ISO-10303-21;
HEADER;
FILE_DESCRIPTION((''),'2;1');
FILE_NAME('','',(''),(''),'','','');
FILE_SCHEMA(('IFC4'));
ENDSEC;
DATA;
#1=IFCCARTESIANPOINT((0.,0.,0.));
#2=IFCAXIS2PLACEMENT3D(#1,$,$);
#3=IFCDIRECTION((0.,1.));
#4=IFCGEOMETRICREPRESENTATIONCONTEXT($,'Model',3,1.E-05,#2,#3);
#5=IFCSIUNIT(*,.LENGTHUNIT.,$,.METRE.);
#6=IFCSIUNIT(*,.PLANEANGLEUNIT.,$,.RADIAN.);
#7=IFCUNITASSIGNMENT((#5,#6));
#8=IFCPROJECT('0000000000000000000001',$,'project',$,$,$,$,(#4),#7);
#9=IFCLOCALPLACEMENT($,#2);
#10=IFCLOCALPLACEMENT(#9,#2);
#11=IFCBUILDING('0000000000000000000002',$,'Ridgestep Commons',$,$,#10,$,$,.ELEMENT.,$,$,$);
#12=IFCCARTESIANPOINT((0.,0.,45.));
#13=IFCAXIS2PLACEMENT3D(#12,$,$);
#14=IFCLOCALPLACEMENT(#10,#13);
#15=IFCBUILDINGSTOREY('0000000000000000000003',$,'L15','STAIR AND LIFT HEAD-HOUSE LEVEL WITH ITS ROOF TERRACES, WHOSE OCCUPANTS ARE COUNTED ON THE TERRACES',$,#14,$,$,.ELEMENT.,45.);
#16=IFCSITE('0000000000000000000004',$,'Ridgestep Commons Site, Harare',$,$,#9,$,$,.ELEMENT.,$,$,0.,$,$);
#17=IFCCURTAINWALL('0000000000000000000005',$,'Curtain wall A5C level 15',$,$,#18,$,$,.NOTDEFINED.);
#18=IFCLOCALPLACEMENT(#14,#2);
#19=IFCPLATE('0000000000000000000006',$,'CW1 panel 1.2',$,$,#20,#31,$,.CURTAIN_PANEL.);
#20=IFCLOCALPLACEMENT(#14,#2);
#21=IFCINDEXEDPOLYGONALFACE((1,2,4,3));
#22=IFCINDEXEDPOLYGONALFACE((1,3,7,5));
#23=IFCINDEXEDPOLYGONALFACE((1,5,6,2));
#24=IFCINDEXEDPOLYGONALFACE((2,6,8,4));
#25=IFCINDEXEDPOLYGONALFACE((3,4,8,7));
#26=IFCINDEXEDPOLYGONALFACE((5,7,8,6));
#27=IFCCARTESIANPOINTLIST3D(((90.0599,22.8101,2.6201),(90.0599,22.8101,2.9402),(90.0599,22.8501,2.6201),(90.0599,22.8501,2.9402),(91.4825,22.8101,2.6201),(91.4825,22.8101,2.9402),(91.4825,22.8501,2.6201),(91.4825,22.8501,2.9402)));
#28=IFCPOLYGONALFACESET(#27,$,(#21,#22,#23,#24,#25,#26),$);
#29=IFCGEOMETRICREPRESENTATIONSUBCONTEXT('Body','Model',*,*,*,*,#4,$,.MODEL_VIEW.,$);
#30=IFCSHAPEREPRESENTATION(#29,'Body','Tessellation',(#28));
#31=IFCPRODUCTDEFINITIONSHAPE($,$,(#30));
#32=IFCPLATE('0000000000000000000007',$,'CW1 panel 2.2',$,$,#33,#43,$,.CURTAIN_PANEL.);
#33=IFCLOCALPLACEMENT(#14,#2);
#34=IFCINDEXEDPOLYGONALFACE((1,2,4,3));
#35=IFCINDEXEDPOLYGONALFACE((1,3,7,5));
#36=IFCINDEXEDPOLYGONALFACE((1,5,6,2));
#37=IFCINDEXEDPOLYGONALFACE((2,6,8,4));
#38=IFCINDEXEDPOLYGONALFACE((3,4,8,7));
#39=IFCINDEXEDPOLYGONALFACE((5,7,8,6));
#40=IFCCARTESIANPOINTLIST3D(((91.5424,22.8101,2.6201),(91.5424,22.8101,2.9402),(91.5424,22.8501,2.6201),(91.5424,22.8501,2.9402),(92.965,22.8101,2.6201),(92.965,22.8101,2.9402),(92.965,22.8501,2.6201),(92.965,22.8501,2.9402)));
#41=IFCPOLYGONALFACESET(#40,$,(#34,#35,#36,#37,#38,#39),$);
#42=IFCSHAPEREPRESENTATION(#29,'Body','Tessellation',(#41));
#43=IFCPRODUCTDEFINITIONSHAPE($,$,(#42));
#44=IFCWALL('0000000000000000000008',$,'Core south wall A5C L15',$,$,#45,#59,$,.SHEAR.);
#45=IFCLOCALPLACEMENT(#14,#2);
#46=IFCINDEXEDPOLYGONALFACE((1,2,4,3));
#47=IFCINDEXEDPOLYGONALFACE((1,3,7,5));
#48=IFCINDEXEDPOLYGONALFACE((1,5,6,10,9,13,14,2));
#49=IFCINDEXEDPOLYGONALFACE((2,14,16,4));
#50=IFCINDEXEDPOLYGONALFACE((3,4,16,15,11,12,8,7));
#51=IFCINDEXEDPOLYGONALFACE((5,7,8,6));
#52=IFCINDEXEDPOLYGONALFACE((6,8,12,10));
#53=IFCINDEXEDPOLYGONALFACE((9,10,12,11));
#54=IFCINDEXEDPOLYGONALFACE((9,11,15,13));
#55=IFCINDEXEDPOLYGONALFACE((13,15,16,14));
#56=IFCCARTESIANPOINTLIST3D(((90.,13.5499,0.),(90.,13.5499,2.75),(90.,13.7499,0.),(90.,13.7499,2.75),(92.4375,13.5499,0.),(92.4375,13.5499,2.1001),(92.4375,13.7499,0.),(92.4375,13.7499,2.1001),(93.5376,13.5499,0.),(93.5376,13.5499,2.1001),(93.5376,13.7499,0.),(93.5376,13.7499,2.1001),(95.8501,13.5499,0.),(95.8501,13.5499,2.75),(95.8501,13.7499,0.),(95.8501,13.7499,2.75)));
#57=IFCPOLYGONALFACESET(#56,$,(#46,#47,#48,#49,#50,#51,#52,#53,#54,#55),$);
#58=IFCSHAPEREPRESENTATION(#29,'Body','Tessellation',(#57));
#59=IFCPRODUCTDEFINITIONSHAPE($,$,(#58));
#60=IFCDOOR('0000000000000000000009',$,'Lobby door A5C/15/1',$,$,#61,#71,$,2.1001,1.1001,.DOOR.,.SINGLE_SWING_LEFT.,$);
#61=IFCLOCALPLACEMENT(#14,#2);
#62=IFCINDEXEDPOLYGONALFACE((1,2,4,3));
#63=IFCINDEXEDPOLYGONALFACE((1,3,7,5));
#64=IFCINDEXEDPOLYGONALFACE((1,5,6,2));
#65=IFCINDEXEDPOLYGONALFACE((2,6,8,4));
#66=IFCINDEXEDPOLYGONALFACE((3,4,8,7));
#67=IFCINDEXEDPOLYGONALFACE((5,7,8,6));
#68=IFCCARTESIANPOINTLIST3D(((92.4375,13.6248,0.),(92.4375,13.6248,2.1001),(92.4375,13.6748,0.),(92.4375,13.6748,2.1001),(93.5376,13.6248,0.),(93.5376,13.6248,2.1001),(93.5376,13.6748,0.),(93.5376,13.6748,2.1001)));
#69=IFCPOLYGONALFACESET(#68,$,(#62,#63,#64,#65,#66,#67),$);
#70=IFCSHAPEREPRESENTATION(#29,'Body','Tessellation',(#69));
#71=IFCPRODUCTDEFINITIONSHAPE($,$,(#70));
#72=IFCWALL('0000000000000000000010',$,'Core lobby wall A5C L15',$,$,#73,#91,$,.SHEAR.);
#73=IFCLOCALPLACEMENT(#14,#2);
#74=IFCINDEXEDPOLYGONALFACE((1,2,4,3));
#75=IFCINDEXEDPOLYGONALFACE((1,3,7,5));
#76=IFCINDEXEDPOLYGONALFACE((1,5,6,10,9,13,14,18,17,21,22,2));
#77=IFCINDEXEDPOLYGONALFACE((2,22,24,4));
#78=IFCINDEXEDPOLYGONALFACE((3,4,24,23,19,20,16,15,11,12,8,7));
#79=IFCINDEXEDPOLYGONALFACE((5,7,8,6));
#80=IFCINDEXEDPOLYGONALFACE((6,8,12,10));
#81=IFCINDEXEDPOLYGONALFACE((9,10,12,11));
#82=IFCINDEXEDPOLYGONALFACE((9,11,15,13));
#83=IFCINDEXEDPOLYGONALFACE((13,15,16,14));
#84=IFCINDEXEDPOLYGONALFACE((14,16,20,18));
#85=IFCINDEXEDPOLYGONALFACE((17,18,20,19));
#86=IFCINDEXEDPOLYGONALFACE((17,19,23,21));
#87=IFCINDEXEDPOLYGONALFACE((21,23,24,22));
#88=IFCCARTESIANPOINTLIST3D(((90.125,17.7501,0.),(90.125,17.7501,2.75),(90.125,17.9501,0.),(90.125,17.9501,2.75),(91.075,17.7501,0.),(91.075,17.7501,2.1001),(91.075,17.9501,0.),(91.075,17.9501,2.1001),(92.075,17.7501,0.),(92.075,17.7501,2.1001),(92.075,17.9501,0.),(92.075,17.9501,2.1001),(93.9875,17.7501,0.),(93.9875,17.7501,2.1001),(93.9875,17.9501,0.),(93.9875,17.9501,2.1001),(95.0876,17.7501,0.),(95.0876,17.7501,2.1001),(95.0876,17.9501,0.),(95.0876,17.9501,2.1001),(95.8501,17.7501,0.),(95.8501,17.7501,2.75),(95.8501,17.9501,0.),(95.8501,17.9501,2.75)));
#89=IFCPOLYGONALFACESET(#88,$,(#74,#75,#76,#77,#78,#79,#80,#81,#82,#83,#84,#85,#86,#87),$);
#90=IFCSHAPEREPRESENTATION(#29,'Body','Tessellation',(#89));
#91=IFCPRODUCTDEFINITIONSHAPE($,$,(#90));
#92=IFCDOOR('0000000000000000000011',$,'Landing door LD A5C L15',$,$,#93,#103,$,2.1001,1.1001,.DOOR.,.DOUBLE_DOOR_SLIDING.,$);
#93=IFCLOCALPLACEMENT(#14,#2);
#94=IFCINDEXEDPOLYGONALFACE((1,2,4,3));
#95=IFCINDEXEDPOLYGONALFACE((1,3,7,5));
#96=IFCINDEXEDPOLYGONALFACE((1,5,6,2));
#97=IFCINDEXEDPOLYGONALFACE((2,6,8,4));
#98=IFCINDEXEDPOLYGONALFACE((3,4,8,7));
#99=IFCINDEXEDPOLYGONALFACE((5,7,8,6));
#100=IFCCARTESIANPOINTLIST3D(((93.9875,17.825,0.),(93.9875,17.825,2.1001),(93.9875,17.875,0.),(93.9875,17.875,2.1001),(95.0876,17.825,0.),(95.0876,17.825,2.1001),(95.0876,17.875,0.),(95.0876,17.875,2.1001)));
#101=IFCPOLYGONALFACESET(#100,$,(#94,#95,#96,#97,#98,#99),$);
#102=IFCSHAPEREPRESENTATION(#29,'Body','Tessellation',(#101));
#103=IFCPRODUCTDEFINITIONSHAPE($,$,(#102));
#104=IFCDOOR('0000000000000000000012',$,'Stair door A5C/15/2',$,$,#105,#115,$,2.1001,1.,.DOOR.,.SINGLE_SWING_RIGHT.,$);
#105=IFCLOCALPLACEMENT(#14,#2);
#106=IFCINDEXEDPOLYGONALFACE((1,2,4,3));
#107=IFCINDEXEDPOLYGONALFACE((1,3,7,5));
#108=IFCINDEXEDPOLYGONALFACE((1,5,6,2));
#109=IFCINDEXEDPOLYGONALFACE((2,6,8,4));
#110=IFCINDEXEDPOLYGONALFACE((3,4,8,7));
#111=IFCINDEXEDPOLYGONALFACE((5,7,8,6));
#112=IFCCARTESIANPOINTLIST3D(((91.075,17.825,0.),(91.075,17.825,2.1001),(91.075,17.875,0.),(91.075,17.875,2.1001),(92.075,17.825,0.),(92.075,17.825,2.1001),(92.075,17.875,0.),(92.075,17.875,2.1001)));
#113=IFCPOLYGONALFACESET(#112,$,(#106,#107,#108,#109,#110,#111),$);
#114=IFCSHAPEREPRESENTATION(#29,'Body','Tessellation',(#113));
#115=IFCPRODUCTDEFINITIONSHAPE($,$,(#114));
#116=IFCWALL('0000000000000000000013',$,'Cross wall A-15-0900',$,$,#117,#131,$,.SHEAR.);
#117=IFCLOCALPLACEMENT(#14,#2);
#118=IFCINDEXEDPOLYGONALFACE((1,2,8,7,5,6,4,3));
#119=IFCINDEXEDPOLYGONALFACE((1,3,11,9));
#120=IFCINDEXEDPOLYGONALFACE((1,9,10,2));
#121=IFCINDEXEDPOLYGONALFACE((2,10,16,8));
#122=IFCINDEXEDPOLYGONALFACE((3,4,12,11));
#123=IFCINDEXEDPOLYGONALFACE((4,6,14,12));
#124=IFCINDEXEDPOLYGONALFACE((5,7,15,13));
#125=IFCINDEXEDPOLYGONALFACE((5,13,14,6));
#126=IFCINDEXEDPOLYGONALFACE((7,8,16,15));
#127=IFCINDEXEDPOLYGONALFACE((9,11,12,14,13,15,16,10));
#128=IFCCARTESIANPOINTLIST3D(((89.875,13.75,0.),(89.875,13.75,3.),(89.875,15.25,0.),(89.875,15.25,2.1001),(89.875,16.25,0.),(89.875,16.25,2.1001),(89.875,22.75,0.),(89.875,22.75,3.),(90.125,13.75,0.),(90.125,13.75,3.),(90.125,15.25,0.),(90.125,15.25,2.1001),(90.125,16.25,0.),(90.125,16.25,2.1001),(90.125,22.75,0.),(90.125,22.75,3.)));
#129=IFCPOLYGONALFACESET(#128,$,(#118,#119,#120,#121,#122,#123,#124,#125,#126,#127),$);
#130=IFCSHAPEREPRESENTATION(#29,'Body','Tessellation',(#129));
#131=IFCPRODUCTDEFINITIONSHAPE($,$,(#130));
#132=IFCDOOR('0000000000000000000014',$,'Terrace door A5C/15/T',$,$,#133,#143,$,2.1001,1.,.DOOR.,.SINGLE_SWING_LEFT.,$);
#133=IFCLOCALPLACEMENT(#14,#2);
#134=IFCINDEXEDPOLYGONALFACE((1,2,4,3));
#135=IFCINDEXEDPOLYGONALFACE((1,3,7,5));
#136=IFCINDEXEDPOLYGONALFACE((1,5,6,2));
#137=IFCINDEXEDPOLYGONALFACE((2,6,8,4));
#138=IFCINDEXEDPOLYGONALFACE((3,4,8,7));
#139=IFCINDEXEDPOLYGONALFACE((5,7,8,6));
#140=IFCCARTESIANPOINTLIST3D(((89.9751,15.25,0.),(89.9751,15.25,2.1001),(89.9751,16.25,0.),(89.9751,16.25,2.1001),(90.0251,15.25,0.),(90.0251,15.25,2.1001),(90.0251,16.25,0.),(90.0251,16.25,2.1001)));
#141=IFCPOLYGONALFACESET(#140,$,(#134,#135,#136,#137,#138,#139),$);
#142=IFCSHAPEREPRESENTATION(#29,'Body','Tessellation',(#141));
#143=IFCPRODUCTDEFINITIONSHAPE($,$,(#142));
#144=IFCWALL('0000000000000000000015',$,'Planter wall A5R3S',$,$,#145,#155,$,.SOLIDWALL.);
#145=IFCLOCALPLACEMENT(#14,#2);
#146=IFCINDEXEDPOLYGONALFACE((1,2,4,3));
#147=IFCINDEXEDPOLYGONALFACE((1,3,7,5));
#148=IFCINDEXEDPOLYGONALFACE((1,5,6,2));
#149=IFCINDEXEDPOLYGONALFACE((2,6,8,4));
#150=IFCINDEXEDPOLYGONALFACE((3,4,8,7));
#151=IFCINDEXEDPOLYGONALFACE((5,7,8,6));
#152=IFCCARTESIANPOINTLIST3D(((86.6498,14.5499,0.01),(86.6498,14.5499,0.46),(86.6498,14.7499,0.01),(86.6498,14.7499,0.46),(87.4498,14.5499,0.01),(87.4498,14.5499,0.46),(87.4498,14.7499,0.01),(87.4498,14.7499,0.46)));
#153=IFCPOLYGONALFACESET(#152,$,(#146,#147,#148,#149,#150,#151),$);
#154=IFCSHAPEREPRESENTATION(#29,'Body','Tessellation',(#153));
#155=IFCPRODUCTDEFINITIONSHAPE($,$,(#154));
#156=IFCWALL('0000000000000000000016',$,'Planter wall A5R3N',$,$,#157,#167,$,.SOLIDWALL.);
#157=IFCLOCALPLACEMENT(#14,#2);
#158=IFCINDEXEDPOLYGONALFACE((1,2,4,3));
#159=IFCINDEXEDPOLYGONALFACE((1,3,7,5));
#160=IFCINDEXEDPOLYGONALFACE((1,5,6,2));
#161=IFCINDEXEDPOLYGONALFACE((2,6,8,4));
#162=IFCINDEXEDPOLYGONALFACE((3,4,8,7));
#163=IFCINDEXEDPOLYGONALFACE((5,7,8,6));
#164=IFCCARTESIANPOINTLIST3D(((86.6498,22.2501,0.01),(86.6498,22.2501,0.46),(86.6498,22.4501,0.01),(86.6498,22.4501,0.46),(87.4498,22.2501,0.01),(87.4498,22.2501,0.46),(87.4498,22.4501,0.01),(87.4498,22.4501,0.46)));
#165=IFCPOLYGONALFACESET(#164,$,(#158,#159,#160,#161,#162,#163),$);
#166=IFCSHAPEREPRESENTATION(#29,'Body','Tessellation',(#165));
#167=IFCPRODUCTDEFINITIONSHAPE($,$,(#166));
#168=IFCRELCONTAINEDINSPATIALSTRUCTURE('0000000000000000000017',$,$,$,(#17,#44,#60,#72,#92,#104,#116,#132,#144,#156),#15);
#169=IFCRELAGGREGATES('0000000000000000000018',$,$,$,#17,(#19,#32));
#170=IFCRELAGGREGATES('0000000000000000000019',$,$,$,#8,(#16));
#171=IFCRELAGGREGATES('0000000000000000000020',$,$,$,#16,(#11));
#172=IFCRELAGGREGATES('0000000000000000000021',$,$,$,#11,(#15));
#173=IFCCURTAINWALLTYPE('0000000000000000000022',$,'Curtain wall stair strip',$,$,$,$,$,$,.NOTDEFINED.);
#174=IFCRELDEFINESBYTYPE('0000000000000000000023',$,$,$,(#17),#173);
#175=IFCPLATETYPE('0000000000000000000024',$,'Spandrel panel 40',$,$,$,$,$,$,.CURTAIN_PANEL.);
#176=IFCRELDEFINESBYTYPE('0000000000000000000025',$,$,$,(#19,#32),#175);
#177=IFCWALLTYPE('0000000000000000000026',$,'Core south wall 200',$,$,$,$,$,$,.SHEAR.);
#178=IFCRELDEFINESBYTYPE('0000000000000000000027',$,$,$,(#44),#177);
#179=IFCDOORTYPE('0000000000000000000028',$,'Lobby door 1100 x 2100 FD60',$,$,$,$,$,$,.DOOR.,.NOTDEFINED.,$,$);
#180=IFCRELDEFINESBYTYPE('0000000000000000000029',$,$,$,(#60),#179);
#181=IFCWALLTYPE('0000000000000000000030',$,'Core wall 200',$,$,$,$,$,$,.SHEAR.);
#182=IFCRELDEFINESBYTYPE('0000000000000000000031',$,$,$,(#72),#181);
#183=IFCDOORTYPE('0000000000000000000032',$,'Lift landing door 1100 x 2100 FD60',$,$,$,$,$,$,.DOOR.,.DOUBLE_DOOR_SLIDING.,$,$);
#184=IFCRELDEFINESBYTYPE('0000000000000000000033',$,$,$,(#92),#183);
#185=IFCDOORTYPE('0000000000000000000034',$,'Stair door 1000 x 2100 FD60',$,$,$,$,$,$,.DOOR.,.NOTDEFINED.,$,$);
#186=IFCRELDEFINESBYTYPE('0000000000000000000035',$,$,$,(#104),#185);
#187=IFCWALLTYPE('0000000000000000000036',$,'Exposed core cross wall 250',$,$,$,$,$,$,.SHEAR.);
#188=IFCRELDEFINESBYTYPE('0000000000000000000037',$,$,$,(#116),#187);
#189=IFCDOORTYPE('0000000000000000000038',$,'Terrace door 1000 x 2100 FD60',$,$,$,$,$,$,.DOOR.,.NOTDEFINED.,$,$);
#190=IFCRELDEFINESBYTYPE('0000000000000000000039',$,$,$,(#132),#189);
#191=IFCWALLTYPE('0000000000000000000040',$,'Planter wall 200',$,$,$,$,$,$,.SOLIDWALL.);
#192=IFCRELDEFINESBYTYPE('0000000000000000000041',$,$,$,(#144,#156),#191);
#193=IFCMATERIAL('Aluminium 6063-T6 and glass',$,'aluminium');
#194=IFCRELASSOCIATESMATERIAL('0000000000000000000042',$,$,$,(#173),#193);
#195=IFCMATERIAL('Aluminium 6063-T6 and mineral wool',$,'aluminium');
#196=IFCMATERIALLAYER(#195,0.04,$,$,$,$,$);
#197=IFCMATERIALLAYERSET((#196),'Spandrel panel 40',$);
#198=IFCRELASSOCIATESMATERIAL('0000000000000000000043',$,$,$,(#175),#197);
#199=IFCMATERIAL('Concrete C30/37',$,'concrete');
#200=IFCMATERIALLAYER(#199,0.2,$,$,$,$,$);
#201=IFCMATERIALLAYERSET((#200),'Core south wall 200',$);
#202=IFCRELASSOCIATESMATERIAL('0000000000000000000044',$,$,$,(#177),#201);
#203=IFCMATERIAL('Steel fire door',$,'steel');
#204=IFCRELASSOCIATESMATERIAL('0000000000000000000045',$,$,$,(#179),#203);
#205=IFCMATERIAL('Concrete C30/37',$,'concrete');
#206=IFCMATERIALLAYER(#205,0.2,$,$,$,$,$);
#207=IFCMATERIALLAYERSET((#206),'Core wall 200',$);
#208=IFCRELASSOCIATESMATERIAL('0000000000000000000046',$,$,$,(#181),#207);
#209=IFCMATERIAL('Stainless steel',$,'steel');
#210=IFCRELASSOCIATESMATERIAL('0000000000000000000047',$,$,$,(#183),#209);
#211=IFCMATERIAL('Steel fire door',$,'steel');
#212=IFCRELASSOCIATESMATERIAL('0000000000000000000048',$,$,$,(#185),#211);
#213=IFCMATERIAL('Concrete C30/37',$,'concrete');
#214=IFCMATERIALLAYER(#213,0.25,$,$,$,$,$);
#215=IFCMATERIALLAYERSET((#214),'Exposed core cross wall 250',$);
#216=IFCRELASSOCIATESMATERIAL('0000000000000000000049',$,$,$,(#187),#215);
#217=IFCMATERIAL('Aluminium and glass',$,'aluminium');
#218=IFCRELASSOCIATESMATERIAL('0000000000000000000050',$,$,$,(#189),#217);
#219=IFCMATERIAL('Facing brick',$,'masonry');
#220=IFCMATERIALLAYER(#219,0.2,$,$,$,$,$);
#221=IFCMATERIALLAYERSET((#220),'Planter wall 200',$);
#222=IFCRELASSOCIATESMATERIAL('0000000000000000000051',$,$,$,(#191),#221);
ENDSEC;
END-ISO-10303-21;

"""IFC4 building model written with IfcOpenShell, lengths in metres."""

from ifc_helpers import new_model, si_unit, direction, frame, frame_2d, origin, origin_2d, place, context, subcontext, project, spatial, rectangle, extrude, material, layer, layer_set, type_object, element, fill, aggregate, save


model = new_model("IFC4")

# Units and contexts
model_context = context("Model", 3, precision=1e-05, world=origin(), true_north=direction((0.0, 1.0)))
body_context = subcontext(model_context, "Body", "Model", "MODEL_VIEW")
ifc_project = project(units=[si_unit("LENGTHUNIT", "METRE"), si_unit("PLANEANGLEUNIT", "RADIAN")], contexts=[model_context])

# Site, building, storey
site_placement = place(None, origin())
site = spatial("IfcSite", under=ifc_project, at=site_placement, Name="Ridgestep Commons Site, Harare", CompositionType="ELEMENT", RefElevation=0.0)
building_placement = place(site_placement, origin())
building = spatial("IfcBuilding", under=site, at=building_placement, Name="Ridgestep Commons", CompositionType="ELEMENT")
storey_placement = place(building_placement, frame((0.0, 0.0, 45.0)))
storey = spatial("IfcBuildingStorey", under=building, at=storey_placement, Name="L15", Description="STAIR AND LIFT HEAD-HOUSE LEVEL WITH ITS ROOF TERRACES, WHOSE OCCUPANTS ARE COUNTED ON THE TERRACES", CompositionType="ELEMENT", Elevation=45.0)

# Curtain wall, plates
ifc_material_1 = material(Name="Aluminium 6063-T6 and glass", Category="aluminium")
curtain_wall_type = type_object("IfcCurtainWallType", Name="Curtain wall stair strip", PredefinedType="NOTDEFINED", material=ifc_material_1)
curtain_wall_placement = place(storey_placement, origin())
curtain_wall = element("IfcCurtainWall", 1, at=curtain_wall_placement, inside=storey, type_object=curtain_wall_type, Name="Curtain wall A5C level 15", PredefinedType="NOTDEFINED")
ifc_material_2 = material(Name="Aluminium 6063-T6 and mineral wool", Category="aluminium")
ifc_layer_1 = layer(ifc_material_2, 0.04)
ifc_layer_set_1 = layer_set([ifc_layer_1], Name="Spandrel panel 40")
plate_type_1 = type_object("IfcPlateType", Name="Spandrel panel 40", PredefinedType="CURTAIN_PANEL", material=ifc_layer_set_1)
plate_1_placement = place(storey_placement, frame((90.7712, 22.8301, 2.6201), z_axis=(0.0, 0.0, 1.0), x_axis=(1.0, 0.0, 0.0)))
plate_1 = element("IfcPlate", 2, at=plate_1_placement, type_object=plate_type_1, Name="CW1 panel 1.2", PredefinedType="CURTAIN_PANEL", context=body_context, shape_type="SweptSolid", body=[
    extrude(rectangle(XDim=1.4226, YDim=0.04, at=origin_2d()), origin(), (0.0, 0.0, 1.0), 0.3201),
])
plate_2_placement = place(storey_placement, frame((92.2537, 22.8301, 2.6201), z_axis=(0.0, 0.0, 1.0), x_axis=(1.0, 0.0, 0.0)))
plate_2 = element("IfcPlate", 3, at=plate_2_placement, type_object=plate_type_1, Name="CW1 panel 2.2", PredefinedType="CURTAIN_PANEL", context=body_context, shape_type="SweptSolid", body=[
    extrude(rectangle(XDim=1.4226, YDim=0.04, at=origin_2d()), origin(), (0.0, 0.0, 1.0), 0.3201),
])
aggregate(curtain_wall, [plate_1, plate_2])

# Wall, opening, door
ifc_material_3 = material(Name="Concrete C30/37", Category="concrete")
ifc_layer_2 = layer(ifc_material_3, 0.2)
ifc_layer_set_2 = layer_set([ifc_layer_2], Name="Core south wall 200")
wall_type_1 = type_object("IfcWallType", Name="Core south wall 200", PredefinedType="SHEAR", material=ifc_layer_set_2)
wall_1_placement = place(storey_placement, frame((90.0, 13.6499, 0.0), z_axis=(0.0, 0.0, 1.0), x_axis=(1.0, 0.0, 0.0)))
wall_1 = element("IfcWall", 4, at=wall_1_placement, inside=storey, type_object=wall_type_1, Name="Core south wall A5C L15", PredefinedType="SHEAR", context=body_context, shape_type="SweptSolid", body=[
    extrude(rectangle(XDim=5.8501, YDim=0.2, at=frame_2d((2.925, 0.0))), origin(), (0.0, 0.0, 1.0), 2.75),
])
opening_1_placement = place(wall_1_placement, frame((2.4375, 0.0, 0.0)))
opening_1 = element("IfcOpeningElement", 5, at=opening_1_placement, cuts=wall_1, PredefinedType="OPENING", context=body_context, shape_type="SweptSolid", body=[
    extrude(rectangle(XDim=1.1001, YDim=2.1001, at=frame_2d((0.55, 1.05))), frame((0.0, 0.1099, 0.0), z_axis=(0.0, -1.0, 0.0), x_axis=(1.0, 0.0, 0.0)), (0.0, 0.0, 1.0), 0.22),
])
ifc_material_4 = material(Name="Steel fire door", Category="steel")
door_type_1 = type_object("IfcDoorType", Name="Lobby door 1100 x 2100 FD60", OperationType="NOTDEFINED", PredefinedType="DOOR", material=ifc_material_4)
door_1_placement = place(opening_1_placement, origin())
door_1 = element("IfcDoor", 6, at=door_1_placement, inside=storey, type_object=door_type_1, Name="Lobby door A5C/15/1", OperationType="SINGLE_SWING_LEFT", OverallHeight=2.1001, OverallWidth=1.1001, PredefinedType="DOOR", context=body_context, shape_type="SweptSolid", body=[
    extrude(rectangle(XDim=1.1001, YDim=2.1001, at=frame_2d((0.55, 1.05))), frame((0.0, 0.0249, 0.0), z_axis=(0.0, -1.0, 0.0), x_axis=(1.0, 0.0, 0.0)), (0.0, 0.0, 1.0), 0.05),
])
fill(opening_1, door_1)

# Wall, openings, doors
ifc_material_5 = material(Name="Concrete C30/37", Category="concrete")
ifc_layer_3 = layer(ifc_material_5, 0.2)
ifc_layer_set_3 = layer_set([ifc_layer_3], Name="Core wall 200")
wall_type_2 = type_object("IfcWallType", Name="Core wall 200", PredefinedType="SHEAR", material=ifc_layer_set_3)
wall_2_placement = place(storey_placement, frame((90.125, 17.8501, 0.0), z_axis=(0.0, 0.0, 1.0), x_axis=(1.0, 0.0, 0.0)))
wall_2 = element("IfcWall", 7, at=wall_2_placement, inside=storey, type_object=wall_type_2, Name="Core lobby wall A5C L15", PredefinedType="SHEAR", context=body_context, shape_type="SweptSolid", body=[
    extrude(rectangle(XDim=5.7251, YDim=0.2, at=frame_2d((2.8625, 0.0))), origin(), (0.0, 0.0, 1.0), 2.75),
])
opening_2_placement = place(wall_2_placement, frame((0.95, 0.0, 0.0)))
opening_2 = element("IfcOpeningElement", 8, at=opening_2_placement, cuts=wall_2, PredefinedType="OPENING", context=body_context, shape_type="SweptSolid", body=[
    extrude(rectangle(XDim=1.0, YDim=2.1001, at=frame_2d((0.5, 1.05))), frame((0.0, 0.1099, 0.0), z_axis=(0.0, -1.0, 0.0), x_axis=(1.0, 0.0, 0.0)), (0.0, 0.0, 1.0), 0.22),
])
opening_3_placement = place(wall_2_placement, frame((3.8625, 0.0, 0.0)))
opening_3 = element("IfcOpeningElement", 9, at=opening_3_placement, cuts=wall_2, PredefinedType="OPENING", context=body_context, shape_type="SweptSolid", body=[
    extrude(rectangle(XDim=1.1001, YDim=2.1001, at=frame_2d((0.55, 1.05))), frame((0.0, 0.1099, 0.0), z_axis=(0.0, -1.0, 0.0), x_axis=(1.0, 0.0, 0.0)), (0.0, 0.0, 1.0), 0.22),
])
ifc_material_6 = material(Name="Stainless steel", Category="steel")
door_type_2 = type_object("IfcDoorType", Name="Lift landing door 1100 x 2100 FD60", OperationType="DOUBLE_DOOR_SLIDING", PredefinedType="DOOR", material=ifc_material_6)
door_2_placement = place(opening_3_placement, origin())
door_2 = element("IfcDoor", 10, at=door_2_placement, inside=storey, type_object=door_type_2, Name="Landing door LD A5C L15", OperationType="DOUBLE_DOOR_SLIDING", OverallHeight=2.1001, OverallWidth=1.1001, PredefinedType="DOOR", context=body_context, shape_type="SweptSolid", body=[
    extrude(rectangle(XDim=1.1001, YDim=2.1001, at=frame_2d((0.55, 1.05))), frame((0.0, 0.0249, 0.0), z_axis=(0.0, -1.0, 0.0), x_axis=(1.0, 0.0, 0.0)), (0.0, 0.0, 1.0), 0.05),
])
fill(opening_3, door_2)
ifc_material_7 = material(Name="Steel fire door", Category="steel")
door_type_3 = type_object("IfcDoorType", Name="Stair door 1000 x 2100 FD60", OperationType="NOTDEFINED", PredefinedType="DOOR", material=ifc_material_7)
door_3_placement = place(opening_2_placement, origin())
door_3 = element("IfcDoor", 11, at=door_3_placement, inside=storey, type_object=door_type_3, Name="Stair door A5C/15/2", OperationType="SINGLE_SWING_RIGHT", OverallHeight=2.1001, OverallWidth=1.0, PredefinedType="DOOR", context=body_context, shape_type="SweptSolid", body=[
    extrude(rectangle(XDim=1.0, YDim=2.1001, at=frame_2d((0.5, 1.05))), frame((0.0, 0.0249, 0.0), z_axis=(0.0, -1.0, 0.0), x_axis=(1.0, 0.0, 0.0)), (0.0, 0.0, 1.0), 0.05),
])
fill(opening_2, door_3)

# Wall, opening, door
ifc_material_8 = material(Name="Concrete C30/37", Category="concrete")
ifc_layer_4 = layer(ifc_material_8, 0.25)
ifc_layer_set_4 = layer_set([ifc_layer_4], Name="Exposed core cross wall 250")
wall_type_3 = type_object("IfcWallType", Name="Exposed core cross wall 250", PredefinedType="SHEAR", material=ifc_layer_set_4)
wall_3_placement = place(storey_placement, frame((90.0, 13.75, 0.0), z_axis=(0.0, 0.0, 1.0), x_axis=(0.0, 1.0, 0.0)))
wall_3 = element("IfcWall", 12, at=wall_3_placement, inside=storey, type_object=wall_type_3, Name="Cross wall A-15-0900", PredefinedType="SHEAR", context=body_context, shape_type="SweptSolid", body=[
    extrude(rectangle(XDim=9.0, YDim=0.25, at=frame_2d((4.5, 0.0))), origin(), (0.0, 0.0, 1.0), 3.0),
])
opening_4_placement = place(wall_3_placement, frame((1.5, 0.0, 0.0)))
opening_4 = element("IfcOpeningElement", 13, at=opening_4_placement, cuts=wall_3, PredefinedType="OPENING", context=body_context, shape_type="SweptSolid", body=[
    extrude(rectangle(XDim=1.0, YDim=2.1001, at=frame_2d((0.5, 1.05))), frame((0.0, 0.135, 0.0), z_axis=(0.0, -1.0, 0.0), x_axis=(1.0, 0.0, 0.0)), (0.0, 0.0, 1.0), 0.27),
])
ifc_material_9 = material(Name="Aluminium and glass", Category="aluminium")
door_type_4 = type_object("IfcDoorType", Name="Terrace door 1000 x 2100 FD60", OperationType="NOTDEFINED", PredefinedType="DOOR", material=ifc_material_9)
door_4_placement = place(opening_4_placement, origin())
door_4 = element("IfcDoor", 14, at=door_4_placement, inside=storey, type_object=door_type_4, Name="Terrace door A5C/15/T", OperationType="SINGLE_SWING_LEFT", OverallHeight=2.1001, OverallWidth=1.0, PredefinedType="DOOR", context=body_context, shape_type="SweptSolid", body=[
    extrude(rectangle(XDim=1.0, YDim=2.1001, at=frame_2d((0.5, 1.05))), frame((0.0, 0.0249, 0.0), z_axis=(0.0, -1.0, 0.0), x_axis=(1.0, 0.0, 0.0)), (0.0, 0.0, 1.0), 0.05),
])
fill(opening_4, door_4)

# Walls
ifc_material_10 = material(Name="Facing brick", Category="masonry")
ifc_layer_5 = layer(ifc_material_10, 0.2)
ifc_layer_set_5 = layer_set([ifc_layer_5], Name="Planter wall 200")
wall_type_4 = type_object("IfcWallType", Name="Planter wall 200", PredefinedType="SOLIDWALL", material=ifc_layer_set_5)
for number, where, z_axis, x_axis, name in (
    (15, (86.6499, 14.6499, 0.01), (0.0, 0.0, 1.0), (1.0, 0.0, 0.0), "Planter wall A5R3S"),
    (16, (86.6499, 22.3501, 0.01), (0.0, 0.0, 1.0), (1.0, 0.0, 0.0), "Planter wall A5R3N"),
):
    element("IfcWall", number, at=place(storey_placement, frame(where, z_axis=z_axis, x_axis=x_axis)), inside=storey, type_object=wall_type_4, Name=name, PredefinedType="SOLIDWALL", context=body_context, shape_type="SweptSolid", body=[
        extrude(rectangle(XDim=0.8, YDim=0.2, at=frame_2d((0.3999, 0.0))), origin(), (0.0, 0.0, 1.0), 0.45),
    ])

save(model, "model.ifc")
